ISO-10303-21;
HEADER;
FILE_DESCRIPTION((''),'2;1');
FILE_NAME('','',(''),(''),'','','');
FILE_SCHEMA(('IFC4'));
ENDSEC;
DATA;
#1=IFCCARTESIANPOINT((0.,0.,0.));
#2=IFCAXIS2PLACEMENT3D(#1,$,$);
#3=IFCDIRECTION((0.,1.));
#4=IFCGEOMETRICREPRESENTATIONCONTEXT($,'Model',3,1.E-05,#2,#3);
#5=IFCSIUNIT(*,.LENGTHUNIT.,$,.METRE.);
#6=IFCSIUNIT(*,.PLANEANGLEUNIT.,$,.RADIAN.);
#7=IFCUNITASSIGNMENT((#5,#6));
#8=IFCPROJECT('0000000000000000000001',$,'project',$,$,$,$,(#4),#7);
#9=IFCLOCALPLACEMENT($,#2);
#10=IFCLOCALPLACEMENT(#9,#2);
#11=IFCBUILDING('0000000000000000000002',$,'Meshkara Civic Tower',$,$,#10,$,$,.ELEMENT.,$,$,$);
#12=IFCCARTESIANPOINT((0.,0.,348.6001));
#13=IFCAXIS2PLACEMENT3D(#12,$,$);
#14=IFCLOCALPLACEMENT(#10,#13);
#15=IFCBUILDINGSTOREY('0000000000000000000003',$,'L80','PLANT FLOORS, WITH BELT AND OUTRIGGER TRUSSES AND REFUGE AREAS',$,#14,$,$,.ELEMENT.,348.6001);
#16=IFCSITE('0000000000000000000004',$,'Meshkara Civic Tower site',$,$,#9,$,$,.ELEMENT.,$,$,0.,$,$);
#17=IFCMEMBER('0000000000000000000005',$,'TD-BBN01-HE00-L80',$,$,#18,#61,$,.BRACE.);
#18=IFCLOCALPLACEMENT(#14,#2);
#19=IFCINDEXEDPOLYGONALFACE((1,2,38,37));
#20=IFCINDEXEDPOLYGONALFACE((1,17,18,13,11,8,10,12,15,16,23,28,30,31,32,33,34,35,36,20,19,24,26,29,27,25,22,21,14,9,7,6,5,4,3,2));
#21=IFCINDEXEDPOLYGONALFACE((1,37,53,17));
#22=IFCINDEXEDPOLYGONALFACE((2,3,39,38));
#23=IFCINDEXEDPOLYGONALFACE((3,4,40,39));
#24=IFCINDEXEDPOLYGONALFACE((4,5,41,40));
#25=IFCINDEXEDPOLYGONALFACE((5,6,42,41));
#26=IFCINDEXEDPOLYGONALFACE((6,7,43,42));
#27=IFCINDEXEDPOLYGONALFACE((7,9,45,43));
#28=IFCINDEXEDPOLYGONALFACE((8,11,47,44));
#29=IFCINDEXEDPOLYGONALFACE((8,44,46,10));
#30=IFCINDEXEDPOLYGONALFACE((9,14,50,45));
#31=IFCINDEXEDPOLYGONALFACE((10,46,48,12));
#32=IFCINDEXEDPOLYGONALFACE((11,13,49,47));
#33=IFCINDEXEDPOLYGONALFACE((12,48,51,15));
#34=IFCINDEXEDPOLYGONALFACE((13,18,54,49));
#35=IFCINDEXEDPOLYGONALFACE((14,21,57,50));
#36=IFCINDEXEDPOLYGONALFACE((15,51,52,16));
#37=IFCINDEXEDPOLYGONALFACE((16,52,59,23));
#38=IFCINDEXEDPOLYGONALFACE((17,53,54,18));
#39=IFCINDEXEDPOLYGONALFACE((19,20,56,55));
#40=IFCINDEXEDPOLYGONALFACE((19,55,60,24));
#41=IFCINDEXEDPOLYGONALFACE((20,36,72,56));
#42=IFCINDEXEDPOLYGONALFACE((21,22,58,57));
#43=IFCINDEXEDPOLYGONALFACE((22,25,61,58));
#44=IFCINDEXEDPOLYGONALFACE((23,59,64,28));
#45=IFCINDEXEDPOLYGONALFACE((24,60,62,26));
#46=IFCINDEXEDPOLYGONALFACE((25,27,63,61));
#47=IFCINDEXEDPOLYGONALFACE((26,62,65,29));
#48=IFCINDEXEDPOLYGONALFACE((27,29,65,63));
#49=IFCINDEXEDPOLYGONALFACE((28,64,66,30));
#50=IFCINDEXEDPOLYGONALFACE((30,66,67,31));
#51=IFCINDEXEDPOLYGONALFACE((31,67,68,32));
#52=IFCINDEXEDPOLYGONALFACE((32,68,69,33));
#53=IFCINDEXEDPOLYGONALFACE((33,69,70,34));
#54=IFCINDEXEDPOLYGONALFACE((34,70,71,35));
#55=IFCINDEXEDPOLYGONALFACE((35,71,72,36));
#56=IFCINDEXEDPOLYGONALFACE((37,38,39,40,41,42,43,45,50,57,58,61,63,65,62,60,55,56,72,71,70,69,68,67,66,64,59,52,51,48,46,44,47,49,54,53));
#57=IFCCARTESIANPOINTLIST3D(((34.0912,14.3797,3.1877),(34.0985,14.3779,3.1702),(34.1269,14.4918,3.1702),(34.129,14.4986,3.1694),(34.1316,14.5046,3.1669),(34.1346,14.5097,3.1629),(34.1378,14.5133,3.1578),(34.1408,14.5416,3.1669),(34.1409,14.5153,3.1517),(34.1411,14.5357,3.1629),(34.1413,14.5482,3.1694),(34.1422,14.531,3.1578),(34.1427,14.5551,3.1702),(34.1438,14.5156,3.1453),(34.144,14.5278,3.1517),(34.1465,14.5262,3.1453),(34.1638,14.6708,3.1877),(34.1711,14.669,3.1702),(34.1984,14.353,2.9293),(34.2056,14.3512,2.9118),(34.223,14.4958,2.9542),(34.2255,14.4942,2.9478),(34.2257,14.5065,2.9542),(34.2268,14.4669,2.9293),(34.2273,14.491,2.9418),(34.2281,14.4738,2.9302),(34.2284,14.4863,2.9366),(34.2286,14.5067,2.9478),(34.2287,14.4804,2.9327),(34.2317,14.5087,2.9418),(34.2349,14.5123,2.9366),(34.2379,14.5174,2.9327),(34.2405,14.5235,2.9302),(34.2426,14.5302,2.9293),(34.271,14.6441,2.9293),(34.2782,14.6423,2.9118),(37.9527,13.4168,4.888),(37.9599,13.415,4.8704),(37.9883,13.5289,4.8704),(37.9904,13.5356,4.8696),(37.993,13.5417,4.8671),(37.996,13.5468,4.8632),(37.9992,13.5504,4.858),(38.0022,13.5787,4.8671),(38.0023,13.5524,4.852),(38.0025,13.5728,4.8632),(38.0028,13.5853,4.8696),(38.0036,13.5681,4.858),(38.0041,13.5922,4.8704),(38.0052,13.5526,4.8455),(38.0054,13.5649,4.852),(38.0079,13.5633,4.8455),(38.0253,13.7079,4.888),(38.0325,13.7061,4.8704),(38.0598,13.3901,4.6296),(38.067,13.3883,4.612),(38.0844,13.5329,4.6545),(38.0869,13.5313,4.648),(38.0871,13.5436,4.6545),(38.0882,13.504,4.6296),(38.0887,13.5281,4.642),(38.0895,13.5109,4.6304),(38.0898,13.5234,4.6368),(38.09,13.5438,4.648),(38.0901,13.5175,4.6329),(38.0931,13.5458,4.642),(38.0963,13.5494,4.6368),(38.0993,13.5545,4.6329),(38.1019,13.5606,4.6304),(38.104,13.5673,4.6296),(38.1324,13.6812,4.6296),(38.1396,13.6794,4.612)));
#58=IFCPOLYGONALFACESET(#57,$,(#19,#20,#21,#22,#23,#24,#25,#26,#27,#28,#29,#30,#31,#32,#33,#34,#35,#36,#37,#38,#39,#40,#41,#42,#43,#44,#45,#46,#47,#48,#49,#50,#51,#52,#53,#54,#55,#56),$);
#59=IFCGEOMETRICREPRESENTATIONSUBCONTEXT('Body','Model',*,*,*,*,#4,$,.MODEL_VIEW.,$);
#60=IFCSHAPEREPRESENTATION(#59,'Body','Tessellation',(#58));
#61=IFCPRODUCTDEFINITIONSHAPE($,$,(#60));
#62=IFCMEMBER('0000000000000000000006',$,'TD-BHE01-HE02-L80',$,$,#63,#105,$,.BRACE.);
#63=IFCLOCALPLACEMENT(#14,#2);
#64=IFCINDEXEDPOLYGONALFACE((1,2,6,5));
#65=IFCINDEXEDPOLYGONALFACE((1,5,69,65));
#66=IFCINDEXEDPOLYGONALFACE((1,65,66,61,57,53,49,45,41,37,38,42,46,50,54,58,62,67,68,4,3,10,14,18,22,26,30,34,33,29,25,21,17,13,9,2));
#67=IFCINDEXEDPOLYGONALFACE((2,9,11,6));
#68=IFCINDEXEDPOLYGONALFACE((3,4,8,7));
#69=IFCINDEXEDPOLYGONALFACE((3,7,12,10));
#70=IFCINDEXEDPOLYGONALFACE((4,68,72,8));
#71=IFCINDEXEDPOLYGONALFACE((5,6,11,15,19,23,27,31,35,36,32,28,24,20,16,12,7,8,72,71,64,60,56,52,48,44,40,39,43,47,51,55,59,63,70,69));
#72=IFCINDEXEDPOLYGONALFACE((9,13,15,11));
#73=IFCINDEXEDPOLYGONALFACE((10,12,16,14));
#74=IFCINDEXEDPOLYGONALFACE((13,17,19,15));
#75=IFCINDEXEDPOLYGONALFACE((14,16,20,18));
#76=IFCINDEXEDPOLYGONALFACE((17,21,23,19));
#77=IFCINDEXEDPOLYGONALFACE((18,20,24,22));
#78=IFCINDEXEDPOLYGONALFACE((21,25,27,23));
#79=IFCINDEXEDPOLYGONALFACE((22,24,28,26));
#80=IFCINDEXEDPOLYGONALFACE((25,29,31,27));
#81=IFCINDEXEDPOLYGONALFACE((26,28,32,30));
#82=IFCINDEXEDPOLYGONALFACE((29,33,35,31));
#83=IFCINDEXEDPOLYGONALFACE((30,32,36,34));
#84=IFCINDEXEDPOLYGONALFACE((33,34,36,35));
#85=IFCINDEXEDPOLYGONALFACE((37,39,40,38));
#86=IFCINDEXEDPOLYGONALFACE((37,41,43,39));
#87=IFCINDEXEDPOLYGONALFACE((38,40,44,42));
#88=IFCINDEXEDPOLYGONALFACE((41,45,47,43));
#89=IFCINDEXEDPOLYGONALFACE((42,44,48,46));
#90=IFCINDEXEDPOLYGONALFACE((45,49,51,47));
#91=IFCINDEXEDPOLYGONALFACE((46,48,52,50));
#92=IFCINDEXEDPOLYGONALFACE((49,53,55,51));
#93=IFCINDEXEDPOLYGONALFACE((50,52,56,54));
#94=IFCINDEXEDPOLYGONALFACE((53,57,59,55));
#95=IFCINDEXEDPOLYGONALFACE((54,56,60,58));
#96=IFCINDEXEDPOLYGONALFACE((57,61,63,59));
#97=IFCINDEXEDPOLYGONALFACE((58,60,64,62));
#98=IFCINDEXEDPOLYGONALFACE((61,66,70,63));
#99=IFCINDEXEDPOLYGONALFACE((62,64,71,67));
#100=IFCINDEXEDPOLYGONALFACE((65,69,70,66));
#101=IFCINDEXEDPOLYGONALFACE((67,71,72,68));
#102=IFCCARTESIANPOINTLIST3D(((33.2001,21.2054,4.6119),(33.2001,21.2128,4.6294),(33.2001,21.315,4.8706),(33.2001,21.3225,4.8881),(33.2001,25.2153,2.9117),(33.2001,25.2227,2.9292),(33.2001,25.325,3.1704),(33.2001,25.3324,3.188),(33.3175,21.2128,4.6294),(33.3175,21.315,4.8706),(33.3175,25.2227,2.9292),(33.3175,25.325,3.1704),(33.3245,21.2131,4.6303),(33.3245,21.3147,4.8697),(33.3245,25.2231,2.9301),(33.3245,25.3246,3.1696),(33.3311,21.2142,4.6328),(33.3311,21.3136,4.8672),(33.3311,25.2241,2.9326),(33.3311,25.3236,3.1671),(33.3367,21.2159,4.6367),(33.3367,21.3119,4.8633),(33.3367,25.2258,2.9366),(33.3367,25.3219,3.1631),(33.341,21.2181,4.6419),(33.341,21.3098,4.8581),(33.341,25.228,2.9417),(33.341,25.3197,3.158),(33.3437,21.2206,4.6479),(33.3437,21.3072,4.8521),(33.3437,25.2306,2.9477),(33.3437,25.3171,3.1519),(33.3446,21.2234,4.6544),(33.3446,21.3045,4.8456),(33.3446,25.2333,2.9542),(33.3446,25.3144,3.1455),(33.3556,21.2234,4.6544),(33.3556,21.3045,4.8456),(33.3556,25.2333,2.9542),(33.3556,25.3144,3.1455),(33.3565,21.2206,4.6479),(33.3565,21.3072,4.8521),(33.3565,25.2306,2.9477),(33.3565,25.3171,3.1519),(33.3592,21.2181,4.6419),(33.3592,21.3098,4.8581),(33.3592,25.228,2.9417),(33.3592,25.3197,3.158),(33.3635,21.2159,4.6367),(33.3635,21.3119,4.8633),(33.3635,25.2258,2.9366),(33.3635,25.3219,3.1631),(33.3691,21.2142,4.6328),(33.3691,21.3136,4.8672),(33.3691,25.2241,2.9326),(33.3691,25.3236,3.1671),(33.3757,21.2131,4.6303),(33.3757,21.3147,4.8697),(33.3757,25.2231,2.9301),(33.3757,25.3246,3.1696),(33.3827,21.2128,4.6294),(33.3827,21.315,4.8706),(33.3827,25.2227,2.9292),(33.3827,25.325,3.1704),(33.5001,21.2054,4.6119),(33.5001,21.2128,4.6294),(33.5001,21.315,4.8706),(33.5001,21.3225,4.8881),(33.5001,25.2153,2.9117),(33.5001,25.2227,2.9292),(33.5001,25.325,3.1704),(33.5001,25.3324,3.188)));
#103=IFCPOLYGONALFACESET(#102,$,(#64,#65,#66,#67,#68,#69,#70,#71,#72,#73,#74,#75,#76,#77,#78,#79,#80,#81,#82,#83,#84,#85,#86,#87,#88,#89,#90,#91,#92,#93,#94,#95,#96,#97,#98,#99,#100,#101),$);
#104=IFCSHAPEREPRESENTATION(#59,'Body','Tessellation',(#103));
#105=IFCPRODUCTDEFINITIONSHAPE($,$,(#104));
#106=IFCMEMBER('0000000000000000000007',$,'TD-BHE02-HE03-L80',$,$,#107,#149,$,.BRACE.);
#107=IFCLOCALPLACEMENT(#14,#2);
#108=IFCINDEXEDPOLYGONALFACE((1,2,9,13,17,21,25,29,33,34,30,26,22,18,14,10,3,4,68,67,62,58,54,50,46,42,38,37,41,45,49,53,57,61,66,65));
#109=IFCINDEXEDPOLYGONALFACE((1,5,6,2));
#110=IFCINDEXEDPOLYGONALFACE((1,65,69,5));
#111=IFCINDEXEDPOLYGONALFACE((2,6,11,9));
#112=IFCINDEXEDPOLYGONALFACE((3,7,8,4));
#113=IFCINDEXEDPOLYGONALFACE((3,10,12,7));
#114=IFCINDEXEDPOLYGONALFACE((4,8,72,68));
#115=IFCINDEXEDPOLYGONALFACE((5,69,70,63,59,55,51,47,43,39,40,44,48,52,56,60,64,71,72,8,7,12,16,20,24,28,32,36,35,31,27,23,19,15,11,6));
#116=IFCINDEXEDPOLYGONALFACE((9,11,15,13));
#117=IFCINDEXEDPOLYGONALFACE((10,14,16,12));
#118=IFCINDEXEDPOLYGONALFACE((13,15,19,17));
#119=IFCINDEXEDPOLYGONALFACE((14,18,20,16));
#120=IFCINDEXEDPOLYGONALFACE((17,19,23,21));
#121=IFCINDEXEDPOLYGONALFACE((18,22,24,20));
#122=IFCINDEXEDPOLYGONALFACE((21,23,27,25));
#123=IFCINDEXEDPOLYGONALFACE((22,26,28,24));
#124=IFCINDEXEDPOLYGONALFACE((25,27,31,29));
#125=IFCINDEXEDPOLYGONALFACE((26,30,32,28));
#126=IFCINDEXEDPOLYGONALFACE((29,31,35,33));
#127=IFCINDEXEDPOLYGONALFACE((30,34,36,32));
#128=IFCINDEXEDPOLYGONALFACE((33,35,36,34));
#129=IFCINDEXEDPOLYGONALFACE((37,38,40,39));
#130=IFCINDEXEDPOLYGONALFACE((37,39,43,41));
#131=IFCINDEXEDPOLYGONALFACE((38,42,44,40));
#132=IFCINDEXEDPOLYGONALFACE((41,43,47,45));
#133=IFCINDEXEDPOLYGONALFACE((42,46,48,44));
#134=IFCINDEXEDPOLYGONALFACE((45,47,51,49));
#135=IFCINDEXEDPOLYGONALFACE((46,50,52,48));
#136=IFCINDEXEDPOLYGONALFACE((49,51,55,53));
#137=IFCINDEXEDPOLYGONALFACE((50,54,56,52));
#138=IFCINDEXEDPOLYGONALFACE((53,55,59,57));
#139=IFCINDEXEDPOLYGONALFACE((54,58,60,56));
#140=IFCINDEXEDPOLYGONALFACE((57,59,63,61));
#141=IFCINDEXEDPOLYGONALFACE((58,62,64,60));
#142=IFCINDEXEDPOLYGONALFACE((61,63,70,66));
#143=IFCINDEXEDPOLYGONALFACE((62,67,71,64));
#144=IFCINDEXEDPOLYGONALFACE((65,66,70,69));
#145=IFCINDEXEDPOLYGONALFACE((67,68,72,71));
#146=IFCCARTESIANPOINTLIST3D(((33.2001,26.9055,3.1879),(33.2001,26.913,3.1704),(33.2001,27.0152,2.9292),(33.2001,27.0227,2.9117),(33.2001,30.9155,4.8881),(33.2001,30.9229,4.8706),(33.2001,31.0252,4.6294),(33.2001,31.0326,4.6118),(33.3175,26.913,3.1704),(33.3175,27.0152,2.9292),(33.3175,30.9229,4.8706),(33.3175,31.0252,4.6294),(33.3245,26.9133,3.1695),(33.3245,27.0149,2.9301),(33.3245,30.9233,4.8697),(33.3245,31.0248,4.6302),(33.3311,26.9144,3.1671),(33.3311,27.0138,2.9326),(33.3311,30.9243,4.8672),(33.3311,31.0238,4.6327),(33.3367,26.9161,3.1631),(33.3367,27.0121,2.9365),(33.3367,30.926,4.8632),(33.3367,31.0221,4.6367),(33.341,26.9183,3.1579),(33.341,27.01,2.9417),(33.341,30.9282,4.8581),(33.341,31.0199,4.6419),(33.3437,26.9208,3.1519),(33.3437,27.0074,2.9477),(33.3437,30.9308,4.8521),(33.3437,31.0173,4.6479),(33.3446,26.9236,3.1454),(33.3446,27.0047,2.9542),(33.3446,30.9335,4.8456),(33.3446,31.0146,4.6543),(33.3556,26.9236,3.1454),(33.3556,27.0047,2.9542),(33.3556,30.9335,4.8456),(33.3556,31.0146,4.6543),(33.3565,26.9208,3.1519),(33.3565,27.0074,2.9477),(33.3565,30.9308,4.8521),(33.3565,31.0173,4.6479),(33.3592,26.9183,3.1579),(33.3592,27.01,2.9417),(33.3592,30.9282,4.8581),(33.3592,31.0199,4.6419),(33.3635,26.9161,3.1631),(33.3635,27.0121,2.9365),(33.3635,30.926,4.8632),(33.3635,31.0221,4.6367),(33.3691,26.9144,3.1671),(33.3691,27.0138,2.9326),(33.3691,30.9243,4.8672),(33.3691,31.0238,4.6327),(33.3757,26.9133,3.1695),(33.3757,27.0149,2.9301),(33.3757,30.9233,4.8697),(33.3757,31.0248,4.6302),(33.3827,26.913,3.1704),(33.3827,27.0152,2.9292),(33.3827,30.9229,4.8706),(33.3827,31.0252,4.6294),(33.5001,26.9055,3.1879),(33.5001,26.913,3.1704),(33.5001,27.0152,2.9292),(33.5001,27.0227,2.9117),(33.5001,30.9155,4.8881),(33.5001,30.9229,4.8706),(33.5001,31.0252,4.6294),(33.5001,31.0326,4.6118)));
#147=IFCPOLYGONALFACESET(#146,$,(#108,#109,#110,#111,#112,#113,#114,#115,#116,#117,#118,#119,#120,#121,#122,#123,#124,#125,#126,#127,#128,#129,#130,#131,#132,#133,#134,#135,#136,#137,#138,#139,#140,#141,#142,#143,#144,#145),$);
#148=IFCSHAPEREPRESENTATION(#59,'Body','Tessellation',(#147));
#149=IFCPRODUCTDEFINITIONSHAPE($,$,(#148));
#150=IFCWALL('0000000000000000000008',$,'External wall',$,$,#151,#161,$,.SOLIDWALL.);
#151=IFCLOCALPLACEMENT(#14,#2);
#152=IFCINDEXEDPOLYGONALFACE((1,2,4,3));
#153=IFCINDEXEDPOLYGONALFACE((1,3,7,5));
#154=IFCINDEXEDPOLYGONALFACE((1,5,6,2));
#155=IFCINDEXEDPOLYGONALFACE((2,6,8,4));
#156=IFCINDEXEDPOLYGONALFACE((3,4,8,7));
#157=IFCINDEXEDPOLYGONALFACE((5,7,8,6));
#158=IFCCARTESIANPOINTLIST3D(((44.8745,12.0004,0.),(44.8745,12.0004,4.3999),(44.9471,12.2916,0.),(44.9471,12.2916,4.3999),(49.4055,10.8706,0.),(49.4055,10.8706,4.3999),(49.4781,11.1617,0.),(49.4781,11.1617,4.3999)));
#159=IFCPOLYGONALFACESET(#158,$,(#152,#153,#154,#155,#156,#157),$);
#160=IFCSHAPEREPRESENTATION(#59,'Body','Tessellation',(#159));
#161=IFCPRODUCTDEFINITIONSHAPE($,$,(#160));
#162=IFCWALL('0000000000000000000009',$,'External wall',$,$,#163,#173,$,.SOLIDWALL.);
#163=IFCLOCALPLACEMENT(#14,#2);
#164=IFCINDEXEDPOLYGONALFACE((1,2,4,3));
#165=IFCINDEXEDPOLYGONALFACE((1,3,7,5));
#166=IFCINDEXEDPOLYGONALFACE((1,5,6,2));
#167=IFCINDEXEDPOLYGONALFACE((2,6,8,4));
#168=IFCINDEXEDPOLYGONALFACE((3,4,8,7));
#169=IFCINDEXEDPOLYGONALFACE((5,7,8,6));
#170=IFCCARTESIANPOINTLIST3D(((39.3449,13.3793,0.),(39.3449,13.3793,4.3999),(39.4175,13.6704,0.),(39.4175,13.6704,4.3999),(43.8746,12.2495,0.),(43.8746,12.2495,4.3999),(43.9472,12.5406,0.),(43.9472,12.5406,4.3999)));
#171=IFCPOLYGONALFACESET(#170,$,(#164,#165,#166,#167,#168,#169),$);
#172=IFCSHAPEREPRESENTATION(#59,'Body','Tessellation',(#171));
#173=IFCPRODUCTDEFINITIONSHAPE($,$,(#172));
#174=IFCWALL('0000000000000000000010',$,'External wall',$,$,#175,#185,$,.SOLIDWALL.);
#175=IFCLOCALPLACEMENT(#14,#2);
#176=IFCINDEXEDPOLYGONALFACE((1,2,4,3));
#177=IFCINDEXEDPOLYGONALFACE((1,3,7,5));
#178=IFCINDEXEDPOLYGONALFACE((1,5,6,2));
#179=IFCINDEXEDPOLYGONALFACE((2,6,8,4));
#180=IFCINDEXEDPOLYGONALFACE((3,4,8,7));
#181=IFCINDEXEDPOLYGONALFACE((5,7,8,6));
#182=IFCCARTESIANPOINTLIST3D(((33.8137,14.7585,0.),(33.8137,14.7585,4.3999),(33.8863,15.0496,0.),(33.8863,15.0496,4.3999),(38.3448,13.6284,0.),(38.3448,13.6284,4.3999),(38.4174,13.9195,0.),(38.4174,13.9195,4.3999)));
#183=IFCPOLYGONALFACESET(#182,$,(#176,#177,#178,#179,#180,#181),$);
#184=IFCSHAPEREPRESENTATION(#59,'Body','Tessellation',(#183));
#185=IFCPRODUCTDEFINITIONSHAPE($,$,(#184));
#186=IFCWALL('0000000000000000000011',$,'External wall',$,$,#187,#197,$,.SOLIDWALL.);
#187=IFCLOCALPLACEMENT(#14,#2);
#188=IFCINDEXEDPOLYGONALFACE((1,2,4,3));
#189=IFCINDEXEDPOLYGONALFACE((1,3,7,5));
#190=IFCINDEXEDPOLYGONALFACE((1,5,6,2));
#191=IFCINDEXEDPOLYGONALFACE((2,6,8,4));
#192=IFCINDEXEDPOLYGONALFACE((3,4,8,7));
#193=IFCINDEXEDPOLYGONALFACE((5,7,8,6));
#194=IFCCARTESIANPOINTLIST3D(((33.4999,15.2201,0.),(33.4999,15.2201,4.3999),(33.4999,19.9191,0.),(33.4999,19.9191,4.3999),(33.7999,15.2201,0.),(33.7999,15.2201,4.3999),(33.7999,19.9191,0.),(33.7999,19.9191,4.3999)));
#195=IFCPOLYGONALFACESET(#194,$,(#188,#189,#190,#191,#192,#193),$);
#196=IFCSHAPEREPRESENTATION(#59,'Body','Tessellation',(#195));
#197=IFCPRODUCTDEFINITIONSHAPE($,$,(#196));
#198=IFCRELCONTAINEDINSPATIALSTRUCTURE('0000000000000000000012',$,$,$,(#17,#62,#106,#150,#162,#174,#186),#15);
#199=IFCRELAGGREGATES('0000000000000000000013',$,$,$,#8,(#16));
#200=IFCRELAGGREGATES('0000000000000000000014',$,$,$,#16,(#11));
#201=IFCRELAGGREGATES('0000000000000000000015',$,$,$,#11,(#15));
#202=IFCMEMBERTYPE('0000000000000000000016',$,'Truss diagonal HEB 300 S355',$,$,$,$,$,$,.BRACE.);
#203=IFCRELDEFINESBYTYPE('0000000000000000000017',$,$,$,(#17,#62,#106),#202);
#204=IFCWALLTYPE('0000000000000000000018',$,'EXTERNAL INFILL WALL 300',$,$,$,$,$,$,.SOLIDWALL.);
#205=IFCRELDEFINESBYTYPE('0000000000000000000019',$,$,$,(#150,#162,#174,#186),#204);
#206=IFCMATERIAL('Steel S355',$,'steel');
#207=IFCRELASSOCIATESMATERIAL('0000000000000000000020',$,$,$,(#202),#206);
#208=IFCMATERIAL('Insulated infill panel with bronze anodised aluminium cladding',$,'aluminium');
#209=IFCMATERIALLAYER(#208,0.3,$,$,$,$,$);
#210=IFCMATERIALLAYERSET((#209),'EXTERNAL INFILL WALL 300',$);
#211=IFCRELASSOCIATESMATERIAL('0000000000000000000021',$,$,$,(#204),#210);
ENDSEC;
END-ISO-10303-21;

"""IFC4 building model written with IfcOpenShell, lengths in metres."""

from ifc_helpers import new_model, si_unit, direction, frame, frame_2d, origin, origin_2d, place, context, subcontext, project, spatial, rectangle, i_section, extrude, material, layer, layer_set, material_profile, profile_set, type_object, element, save


model = new_model("IFC4")

# Units and contexts
model_context = context("Model", 3, precision=1e-05, world=origin(), true_north=direction((0.0, 1.0)))
body_context = subcontext(model_context, "Body", "Model", "MODEL_VIEW")
ifc_project = project(units=[si_unit("LENGTHUNIT", "METRE"), si_unit("PLANEANGLEUNIT", "RADIAN")], contexts=[model_context])

# Site, building, storey
site_placement = place(None, origin())
site = spatial("IfcSite", under=ifc_project, at=site_placement, Name="Meshkara Civic Tower site", CompositionType="ELEMENT", RefElevation=0.0)
building_placement = place(site_placement, origin())
building = spatial("IfcBuilding", under=site, at=building_placement, Name="Meshkara Civic Tower", CompositionType="ELEMENT")
storey_placement = place(building_placement, frame((0.0, 0.0, 348.6001)))
storey = spatial("IfcBuildingStorey", under=building, at=storey_placement, Name="L80", Description="PLANT FLOORS, WITH BELT AND OUTRIGGER TRUSSES AND REFUGE AREAS", CompositionType="ELEMENT", Elevation=348.6001)

# Members
ifc_material_1 = material(Name="Steel S355", Category="steel")
ifc_material_profile_1 = material_profile(ifc_material_1, i_section(OverallWidth=0.3, OverallDepth=0.3, WebThickness=0.011, FlangeThickness=0.019, FilletRadius=0.0271, at=origin_2d()))
ifc_profile_set_1 = profile_set([ifc_material_profile_1], Name="Steel S355")
member_type = type_object("IfcMemberType", Name="Truss diagonal HEB 300 S355", PredefinedType="BRACE", material=ifc_profile_set_1)
member_1_placement = place(storey_placement, frame((38.0461, 13.5481, 4.75), z_axis=(-0.892267, 0.222503, -0.392877), x_axis=(-0.241958, -0.970287, 0.0)))
element("IfcMember", 1, at=member_1_placement, inside=storey, type_object=member_type, Name="TD-BBN01-HE00-L80", PredefinedType="BRACE", context=body_context, shape_type="SweptSolid", body=[
    extrude(i_section(OverallWidth=0.3, OverallDepth=0.3, WebThickness=0.011, FlangeThickness=0.019, FilletRadius=0.0271, at=origin_2d()), origin(), (0.0, 0.0, 1.0), 4.3276),
])
for number, where, z_axis, x_axis, name in (
    (2, (33.3501, 21.2639, 4.75), (0.0, 0.920666, -0.390351), (-1.0, 0.0, 0.0), "TD-BHE01-HE02-L80"),
    (3, (33.3501, 26.9641, 3.0498), (0.0, 0.920666, 0.390351), (-1.0, 0.0, 0.0), "TD-BHE02-HE03-L80"),
):
    element("IfcMember", number, at=place(storey_placement, frame(where, z_axis=z_axis, x_axis=x_axis)), inside=storey, type_object=member_type, Name=name, PredefinedType="BRACE", context=body_context, shape_type="SweptSolid", body=[
        extrude(i_section(OverallWidth=0.3, OverallDepth=0.3, WebThickness=0.011, FlangeThickness=0.019, FilletRadius=0.0271, at=origin_2d()), origin(), (0.0, 0.0, 1.0), 4.3555),
    ])

# Walls
ifc_material_2 = material(Name="Insulated infill panel with bronze anodised aluminium cladding", Category="aluminium")
ifc_layer_1 = layer(ifc_material_2, 0.3)
ifc_layer_set_1 = layer_set([ifc_layer_1], Name="EXTERNAL INFILL WALL 300")
wall_type = type_object("IfcWallType", Name="EXTERNAL INFILL WALL 300", PredefinedType="SOLIDWALL", material=ifc_layer_set_1)
wall_1_placement = place(storey_placement, frame((49.4419, 11.0161, 0.0), z_axis=(0.0, 0.0, 1.0), x_axis=(-0.970287, 0.241957, 0.0)))
element("IfcWall", 4, at=wall_1_placement, inside=storey, type_object=wall_type, Name="External wall", PredefinedType="SOLIDWALL", context=body_context, shape_type="SweptSolid", body=[
    extrude(rectangle(XDim=4.6697, YDim=0.3, at=frame_2d((2.335, 0.0))), origin(), (0.0, 0.0, 1.0), 4.3999),
])
wall_2_placement = place(storey_placement, frame((43.9109, 12.395, 0.0), z_axis=(0.0, 0.0, 1.0), x_axis=(-0.970272, 0.242019, 0.0)))
element("IfcWall", 5, at=wall_2_placement, inside=storey, type_object=wall_type, Name="External wall", PredefinedType="SOLIDWALL", context=body_context, shape_type="SweptSolid", body=[
    extrude(rectangle(XDim=4.6685, YDim=0.3, at=frame_2d((2.3342, 0.0))), origin(), (0.0, 0.0, 1.0), 4.3999),
])
wall_3_placement = place(storey_placement, frame((38.3811, 13.7739, 0.0), z_axis=(0.0, 0.0, 1.0), x_axis=(-0.970275, 0.242007, 0.0)))
element("IfcWall", 6, at=wall_3_placement, inside=storey, type_object=wall_type, Name="External wall", PredefinedType="SOLIDWALL", context=body_context, shape_type="SweptSolid", body=[
    extrude(rectangle(XDim=4.6699, YDim=0.3, at=frame_2d((2.335, 0.0))), origin(), (0.0, 0.0, 1.0), 4.3999),
])
for number, where, z_axis, x_axis, name in (
    (7, (33.6499, 15.22, 0.0), (0.0, 0.0, 1.0), (0.0, 1.0, 0.0), "External wall"),
):
    element("IfcWall", number, at=place(storey_placement, frame(where, z_axis=z_axis, x_axis=x_axis)), inside=storey, type_object=wall_type, Name=name, PredefinedType="SOLIDWALL", context=body_context, shape_type="SweptSolid", body=[
        extrude(rectangle(XDim=4.699, YDim=0.3, at=frame_2d((2.3496, 0.0))), origin(), (0.0, 0.0, 1.0), 4.3999),
    ])

save(model, "model.ifc")
